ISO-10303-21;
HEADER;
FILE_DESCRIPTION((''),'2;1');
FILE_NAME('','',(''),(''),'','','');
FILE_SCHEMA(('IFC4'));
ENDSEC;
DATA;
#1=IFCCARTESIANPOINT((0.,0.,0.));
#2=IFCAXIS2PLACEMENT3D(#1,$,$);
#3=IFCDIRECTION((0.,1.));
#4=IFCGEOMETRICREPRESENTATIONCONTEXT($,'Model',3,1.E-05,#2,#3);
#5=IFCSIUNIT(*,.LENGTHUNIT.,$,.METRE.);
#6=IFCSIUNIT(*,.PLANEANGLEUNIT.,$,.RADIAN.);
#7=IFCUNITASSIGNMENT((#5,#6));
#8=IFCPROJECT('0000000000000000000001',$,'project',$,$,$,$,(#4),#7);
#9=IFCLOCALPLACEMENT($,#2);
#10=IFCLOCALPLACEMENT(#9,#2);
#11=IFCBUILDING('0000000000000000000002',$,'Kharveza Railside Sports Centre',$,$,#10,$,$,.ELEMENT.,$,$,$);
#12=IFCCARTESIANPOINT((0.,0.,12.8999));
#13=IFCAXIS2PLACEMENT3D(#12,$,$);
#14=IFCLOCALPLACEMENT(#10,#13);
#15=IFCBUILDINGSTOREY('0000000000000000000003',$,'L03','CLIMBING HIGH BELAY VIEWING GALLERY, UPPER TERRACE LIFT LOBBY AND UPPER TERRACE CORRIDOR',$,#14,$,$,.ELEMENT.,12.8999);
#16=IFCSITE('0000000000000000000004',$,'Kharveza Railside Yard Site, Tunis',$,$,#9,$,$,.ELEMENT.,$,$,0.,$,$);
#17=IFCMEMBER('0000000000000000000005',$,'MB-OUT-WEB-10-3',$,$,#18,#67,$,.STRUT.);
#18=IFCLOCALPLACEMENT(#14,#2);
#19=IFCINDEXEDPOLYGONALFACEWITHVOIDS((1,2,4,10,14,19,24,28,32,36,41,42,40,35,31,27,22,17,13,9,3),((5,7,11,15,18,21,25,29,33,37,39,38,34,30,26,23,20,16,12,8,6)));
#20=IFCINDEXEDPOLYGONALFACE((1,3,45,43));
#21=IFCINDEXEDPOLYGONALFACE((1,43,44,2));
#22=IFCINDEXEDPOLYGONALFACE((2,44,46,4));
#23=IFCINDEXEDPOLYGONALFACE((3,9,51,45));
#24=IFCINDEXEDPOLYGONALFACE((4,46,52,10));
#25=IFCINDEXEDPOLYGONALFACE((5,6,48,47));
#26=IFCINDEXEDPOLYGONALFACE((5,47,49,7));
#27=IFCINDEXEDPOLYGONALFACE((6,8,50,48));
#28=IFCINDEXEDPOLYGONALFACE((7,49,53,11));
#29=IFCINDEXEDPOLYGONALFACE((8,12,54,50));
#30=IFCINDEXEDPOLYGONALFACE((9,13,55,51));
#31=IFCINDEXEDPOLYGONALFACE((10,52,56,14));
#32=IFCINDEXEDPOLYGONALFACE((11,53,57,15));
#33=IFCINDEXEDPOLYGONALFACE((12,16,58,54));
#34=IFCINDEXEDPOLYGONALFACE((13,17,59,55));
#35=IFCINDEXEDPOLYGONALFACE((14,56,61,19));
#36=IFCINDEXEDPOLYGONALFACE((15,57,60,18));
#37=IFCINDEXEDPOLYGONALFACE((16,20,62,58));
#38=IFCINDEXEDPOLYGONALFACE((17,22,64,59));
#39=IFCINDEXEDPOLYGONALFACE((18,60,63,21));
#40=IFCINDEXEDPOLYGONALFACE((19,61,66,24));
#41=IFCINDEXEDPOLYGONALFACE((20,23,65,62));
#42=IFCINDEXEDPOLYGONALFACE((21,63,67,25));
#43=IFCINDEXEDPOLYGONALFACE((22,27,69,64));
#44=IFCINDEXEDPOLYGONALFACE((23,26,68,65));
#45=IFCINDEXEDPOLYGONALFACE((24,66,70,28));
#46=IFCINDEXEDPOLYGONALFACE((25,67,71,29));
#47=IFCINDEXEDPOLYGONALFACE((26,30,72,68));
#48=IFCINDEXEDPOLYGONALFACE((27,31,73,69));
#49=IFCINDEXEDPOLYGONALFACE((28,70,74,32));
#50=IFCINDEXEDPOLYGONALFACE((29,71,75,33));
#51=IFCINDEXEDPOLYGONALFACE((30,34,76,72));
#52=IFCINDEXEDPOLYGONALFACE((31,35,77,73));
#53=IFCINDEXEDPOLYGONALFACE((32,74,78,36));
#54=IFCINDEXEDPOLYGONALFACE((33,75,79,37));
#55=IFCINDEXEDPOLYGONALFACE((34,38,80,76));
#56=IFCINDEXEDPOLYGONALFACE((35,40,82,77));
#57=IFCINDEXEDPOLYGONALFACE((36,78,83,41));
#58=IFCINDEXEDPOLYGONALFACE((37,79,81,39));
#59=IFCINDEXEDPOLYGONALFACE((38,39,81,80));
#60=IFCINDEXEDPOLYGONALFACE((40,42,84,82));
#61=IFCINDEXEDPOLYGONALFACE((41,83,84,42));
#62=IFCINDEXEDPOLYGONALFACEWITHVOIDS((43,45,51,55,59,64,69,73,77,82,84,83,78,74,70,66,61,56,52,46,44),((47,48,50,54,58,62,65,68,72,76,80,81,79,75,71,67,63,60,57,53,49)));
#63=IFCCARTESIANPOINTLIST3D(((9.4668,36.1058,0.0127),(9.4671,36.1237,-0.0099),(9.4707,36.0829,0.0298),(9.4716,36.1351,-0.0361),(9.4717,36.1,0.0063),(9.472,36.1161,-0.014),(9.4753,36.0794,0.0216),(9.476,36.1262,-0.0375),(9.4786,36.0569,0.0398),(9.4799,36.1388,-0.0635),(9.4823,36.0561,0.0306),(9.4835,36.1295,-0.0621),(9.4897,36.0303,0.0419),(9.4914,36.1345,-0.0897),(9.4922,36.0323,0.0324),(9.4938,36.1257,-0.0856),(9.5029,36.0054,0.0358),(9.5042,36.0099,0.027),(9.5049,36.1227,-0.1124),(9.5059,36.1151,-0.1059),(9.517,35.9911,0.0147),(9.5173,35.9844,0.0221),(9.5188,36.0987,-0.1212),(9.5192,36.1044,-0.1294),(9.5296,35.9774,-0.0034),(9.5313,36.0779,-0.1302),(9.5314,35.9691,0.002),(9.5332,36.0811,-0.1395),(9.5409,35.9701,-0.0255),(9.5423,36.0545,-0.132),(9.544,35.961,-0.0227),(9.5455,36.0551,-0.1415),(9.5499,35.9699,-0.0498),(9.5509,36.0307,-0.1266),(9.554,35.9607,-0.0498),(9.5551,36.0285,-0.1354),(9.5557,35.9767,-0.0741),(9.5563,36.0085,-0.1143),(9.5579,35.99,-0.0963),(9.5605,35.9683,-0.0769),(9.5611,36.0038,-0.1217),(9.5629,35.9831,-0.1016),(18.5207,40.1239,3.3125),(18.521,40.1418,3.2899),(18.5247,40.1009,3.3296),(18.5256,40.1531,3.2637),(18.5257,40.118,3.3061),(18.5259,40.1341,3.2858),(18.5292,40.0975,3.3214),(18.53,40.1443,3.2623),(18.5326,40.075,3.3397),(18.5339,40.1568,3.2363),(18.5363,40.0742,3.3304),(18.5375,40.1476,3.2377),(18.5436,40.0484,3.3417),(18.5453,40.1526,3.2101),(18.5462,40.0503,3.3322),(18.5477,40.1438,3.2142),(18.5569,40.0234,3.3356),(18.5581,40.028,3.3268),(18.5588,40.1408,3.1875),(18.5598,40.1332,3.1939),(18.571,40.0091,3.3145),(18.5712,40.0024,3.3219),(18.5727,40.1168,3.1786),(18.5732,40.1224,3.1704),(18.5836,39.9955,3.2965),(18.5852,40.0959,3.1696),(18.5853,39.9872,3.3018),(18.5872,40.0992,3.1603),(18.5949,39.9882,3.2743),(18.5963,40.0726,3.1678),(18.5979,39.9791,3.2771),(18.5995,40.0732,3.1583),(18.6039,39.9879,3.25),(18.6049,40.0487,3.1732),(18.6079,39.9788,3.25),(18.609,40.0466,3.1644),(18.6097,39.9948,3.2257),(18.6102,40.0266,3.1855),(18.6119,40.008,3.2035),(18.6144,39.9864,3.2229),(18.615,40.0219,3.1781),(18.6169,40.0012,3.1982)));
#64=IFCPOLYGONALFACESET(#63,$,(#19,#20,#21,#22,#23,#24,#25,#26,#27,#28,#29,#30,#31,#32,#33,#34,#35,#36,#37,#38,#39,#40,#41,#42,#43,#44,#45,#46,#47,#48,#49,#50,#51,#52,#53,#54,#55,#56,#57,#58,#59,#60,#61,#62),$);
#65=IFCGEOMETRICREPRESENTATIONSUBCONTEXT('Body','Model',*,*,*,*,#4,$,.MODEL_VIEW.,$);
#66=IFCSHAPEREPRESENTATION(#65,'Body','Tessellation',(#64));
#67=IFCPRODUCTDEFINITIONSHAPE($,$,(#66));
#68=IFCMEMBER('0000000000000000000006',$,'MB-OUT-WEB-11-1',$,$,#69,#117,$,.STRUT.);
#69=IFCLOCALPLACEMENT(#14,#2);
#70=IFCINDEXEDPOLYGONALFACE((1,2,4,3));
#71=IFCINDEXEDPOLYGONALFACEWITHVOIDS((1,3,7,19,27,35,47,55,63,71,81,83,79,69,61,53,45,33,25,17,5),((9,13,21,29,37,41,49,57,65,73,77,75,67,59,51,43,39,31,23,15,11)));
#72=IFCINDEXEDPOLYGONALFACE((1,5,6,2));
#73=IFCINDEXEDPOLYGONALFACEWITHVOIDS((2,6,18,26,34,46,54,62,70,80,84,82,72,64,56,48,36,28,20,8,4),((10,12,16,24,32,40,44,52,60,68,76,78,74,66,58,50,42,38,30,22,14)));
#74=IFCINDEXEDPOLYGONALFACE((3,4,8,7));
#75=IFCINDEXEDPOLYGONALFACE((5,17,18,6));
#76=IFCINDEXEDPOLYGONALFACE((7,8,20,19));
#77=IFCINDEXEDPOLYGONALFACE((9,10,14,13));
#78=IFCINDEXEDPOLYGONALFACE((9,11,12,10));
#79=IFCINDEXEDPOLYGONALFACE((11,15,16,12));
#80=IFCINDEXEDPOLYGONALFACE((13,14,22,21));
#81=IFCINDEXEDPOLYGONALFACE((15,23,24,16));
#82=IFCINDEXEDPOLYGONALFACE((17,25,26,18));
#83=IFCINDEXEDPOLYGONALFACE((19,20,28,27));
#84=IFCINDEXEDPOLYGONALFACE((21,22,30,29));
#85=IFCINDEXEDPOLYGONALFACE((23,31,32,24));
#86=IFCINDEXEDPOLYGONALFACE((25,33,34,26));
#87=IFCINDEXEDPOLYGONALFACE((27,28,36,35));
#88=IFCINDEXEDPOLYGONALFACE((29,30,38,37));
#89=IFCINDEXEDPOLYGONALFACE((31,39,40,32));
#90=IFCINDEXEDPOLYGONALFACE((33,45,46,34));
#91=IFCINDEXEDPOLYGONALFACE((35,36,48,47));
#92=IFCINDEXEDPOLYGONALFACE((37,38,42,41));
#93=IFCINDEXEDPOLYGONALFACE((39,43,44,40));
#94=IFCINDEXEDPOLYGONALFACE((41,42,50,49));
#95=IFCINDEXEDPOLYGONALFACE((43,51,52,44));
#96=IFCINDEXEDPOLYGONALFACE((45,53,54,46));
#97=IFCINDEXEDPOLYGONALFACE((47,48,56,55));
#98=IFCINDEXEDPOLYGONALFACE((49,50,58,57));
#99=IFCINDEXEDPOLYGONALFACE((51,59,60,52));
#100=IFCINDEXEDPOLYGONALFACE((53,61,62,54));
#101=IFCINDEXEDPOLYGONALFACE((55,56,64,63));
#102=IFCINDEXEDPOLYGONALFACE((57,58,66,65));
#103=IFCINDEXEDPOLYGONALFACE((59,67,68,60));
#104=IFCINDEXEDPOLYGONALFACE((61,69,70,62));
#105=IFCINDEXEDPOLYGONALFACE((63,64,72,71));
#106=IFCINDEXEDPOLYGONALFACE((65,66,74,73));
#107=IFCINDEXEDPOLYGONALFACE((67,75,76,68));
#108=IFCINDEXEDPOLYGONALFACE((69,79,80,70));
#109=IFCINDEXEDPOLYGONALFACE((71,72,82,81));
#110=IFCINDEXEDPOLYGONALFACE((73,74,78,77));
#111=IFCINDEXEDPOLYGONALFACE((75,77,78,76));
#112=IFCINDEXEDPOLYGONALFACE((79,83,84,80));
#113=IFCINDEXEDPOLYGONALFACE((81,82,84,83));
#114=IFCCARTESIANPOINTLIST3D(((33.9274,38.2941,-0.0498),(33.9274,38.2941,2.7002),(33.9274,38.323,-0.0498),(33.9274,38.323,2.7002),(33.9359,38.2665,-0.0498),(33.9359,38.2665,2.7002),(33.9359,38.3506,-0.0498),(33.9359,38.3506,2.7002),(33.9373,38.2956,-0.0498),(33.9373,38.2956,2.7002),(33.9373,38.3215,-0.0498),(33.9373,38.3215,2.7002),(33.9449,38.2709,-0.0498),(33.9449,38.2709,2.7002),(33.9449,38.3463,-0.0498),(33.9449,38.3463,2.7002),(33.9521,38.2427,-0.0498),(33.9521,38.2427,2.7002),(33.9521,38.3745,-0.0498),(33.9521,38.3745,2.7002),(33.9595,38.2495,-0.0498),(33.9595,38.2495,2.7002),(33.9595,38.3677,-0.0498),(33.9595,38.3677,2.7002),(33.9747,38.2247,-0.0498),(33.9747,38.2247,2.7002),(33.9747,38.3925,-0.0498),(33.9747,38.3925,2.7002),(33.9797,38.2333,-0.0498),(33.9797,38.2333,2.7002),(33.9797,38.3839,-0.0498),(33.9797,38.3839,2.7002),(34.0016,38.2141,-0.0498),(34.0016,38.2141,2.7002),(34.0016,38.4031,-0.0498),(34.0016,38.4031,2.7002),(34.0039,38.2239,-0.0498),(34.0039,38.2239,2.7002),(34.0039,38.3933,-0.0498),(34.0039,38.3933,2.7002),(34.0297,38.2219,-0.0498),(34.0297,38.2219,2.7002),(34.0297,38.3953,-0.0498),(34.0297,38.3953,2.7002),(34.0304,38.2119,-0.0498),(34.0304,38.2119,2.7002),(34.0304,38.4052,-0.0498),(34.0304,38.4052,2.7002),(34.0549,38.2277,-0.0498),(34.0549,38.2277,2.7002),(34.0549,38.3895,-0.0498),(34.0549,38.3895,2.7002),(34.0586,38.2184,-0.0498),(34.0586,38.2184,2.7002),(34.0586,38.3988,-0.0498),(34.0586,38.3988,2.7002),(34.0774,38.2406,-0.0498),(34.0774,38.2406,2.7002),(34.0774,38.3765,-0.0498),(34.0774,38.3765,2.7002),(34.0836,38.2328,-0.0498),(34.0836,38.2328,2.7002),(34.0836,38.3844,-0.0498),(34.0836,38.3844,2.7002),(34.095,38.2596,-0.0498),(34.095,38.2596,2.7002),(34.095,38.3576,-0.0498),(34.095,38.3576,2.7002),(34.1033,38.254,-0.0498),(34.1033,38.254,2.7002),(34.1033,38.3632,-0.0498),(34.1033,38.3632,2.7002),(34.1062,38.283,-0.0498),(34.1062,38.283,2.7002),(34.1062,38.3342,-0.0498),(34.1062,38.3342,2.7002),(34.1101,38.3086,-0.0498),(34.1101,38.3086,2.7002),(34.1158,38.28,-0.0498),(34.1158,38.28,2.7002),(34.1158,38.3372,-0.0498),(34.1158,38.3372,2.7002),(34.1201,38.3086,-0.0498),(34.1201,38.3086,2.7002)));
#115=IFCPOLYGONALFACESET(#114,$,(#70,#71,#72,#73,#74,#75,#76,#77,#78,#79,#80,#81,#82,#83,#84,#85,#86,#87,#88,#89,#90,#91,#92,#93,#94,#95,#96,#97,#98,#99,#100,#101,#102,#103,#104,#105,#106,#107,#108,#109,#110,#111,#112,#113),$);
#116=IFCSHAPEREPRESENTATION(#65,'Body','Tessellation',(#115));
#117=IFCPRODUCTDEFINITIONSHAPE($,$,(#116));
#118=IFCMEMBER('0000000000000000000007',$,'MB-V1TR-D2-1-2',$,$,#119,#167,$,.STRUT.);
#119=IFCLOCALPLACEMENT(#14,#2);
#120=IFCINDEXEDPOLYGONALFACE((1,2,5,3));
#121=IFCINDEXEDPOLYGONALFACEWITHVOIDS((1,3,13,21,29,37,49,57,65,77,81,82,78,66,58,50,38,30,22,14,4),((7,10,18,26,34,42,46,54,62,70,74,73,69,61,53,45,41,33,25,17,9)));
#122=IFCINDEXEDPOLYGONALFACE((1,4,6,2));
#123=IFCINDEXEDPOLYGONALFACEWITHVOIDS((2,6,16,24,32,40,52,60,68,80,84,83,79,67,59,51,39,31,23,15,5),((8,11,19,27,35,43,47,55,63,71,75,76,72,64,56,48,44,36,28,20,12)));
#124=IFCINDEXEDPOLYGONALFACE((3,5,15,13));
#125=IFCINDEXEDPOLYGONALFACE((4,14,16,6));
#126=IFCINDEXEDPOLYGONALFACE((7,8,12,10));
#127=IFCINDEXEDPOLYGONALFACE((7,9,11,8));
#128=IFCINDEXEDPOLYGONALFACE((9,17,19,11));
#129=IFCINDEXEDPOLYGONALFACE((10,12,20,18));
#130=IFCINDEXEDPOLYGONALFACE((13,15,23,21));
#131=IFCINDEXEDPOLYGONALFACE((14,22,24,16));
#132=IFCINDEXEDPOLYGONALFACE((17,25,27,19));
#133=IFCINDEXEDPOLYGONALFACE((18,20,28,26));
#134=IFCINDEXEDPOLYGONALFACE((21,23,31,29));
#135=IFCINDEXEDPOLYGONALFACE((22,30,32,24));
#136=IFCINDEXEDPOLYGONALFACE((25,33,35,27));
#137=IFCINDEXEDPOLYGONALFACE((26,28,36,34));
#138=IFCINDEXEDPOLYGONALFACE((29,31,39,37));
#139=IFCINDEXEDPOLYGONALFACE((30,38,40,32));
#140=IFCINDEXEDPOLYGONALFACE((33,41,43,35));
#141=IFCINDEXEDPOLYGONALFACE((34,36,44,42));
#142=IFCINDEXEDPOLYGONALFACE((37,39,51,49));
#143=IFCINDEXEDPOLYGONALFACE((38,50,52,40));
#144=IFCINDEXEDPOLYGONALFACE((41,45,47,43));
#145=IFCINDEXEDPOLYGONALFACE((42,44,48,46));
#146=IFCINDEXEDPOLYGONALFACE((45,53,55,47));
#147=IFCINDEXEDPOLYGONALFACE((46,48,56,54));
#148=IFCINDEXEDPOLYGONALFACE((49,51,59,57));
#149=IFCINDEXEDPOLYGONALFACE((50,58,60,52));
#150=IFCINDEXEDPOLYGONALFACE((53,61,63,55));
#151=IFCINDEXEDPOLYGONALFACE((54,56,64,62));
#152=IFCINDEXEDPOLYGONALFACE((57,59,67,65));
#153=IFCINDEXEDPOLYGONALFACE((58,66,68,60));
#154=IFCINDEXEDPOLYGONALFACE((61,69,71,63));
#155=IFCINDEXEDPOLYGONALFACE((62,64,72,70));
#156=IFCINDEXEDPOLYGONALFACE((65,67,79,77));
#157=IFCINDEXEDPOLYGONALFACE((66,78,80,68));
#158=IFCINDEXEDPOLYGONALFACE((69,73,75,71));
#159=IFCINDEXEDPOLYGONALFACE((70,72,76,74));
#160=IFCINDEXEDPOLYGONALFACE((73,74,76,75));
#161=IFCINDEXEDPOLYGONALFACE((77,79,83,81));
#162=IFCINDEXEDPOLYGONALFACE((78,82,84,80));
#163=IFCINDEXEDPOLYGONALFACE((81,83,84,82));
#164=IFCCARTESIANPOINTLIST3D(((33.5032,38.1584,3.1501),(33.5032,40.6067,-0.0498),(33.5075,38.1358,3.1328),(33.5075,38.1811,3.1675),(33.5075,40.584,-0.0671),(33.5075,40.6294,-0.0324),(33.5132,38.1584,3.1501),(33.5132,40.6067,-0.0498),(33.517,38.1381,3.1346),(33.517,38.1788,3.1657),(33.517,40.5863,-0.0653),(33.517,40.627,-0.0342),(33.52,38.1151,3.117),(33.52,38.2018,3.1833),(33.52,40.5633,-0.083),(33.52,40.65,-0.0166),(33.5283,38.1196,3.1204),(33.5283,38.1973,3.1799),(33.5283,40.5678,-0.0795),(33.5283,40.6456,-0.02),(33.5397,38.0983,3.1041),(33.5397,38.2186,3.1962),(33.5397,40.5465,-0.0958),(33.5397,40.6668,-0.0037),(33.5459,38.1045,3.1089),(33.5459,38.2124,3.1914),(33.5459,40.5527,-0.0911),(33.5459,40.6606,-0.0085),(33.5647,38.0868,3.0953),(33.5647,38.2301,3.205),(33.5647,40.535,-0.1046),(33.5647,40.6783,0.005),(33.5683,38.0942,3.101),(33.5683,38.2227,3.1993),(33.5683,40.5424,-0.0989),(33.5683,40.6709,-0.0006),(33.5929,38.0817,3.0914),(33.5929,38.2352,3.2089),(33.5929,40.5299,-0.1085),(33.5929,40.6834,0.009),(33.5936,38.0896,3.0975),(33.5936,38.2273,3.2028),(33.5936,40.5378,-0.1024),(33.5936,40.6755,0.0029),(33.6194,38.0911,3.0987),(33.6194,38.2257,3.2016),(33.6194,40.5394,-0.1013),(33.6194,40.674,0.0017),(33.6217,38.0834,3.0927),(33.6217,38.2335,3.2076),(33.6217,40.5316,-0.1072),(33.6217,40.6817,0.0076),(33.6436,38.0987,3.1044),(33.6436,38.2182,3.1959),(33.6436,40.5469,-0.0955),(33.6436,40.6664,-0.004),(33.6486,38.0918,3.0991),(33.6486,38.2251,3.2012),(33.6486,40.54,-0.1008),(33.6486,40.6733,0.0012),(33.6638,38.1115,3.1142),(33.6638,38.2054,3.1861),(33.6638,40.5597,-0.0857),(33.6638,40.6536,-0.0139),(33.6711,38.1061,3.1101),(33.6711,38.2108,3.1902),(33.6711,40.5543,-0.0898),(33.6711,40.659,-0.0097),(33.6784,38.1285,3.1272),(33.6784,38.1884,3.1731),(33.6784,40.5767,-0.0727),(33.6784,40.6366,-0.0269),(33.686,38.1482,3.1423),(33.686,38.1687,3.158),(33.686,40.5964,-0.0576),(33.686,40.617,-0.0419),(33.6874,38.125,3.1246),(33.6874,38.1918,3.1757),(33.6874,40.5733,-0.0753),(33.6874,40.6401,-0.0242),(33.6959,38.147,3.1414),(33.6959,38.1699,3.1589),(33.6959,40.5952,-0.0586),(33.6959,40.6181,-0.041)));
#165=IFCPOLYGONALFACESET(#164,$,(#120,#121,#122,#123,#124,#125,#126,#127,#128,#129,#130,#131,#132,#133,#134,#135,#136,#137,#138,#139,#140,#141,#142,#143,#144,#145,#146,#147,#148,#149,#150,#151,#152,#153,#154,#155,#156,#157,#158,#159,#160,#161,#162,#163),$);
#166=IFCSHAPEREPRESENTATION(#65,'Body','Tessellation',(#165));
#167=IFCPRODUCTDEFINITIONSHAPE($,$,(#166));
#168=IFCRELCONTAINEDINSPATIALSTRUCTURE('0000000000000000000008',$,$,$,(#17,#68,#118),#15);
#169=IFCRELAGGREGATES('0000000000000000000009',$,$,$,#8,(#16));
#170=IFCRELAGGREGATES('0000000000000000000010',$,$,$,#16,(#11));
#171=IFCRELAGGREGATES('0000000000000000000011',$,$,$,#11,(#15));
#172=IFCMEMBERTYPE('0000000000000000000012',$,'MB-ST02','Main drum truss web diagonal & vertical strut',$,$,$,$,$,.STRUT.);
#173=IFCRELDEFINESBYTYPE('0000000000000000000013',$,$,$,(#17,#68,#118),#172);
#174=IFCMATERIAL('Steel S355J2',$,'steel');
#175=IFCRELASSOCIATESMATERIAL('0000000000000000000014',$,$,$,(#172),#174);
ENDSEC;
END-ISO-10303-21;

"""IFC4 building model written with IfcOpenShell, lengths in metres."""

from ifc_helpers import new_model, si_unit, direction, frame, origin, origin_2d, place, context, subcontext, project, spatial, hollow_circle, extrude, material, material_profile, profile_set, type_object, element, save


model = new_model("IFC4")

# Units and contexts
model_context = context("Model", 3, precision=1e-05, world=origin(), true_north=direction((0.0, 1.0)))
body_context = subcontext(model_context, "Body", "Model", "MODEL_VIEW")
ifc_project = project(units=[si_unit("LENGTHUNIT", "METRE"), si_unit("PLANEANGLEUNIT", "RADIAN")], contexts=[model_context])

# Site, building, storey
site_placement = place(None, origin())
site = spatial("IfcSite", under=ifc_project, at=site_placement, Name="Kharveza Railside Yard Site, Tunis", CompositionType="ELEMENT", RefElevation=0.0)
building_placement = place(site_placement, origin())
building = spatial("IfcBuilding", under=site, at=building_placement, Name="Kharveza Railside Sports Centre", CompositionType="ELEMENT")
storey_placement = place(building_placement, frame((0.0, 0.0, 12.8999)))
storey = spatial("IfcBuildingStorey", under=building, at=storey_placement, Name="L03", Description="CLIMBING HIGH BELAY VIEWING GALLERY, UPPER TERRACE LIFT LOBBY AND UPPER TERRACE CORRIDOR", CompositionType="ELEMENT", Elevation=12.8999)

# Shared definitions
ifc_material_1 = material(Name="Steel S355J2", Category="steel")

# Members
ifc_material_profile_1 = material_profile(ifc_material_1, hollow_circle(Radius=0.0969, WallThickness=0.01, at=origin_2d()), Name="CHS 193.7x10.0")
ifc_profile_set_1 = profile_set([ifc_material_profile_1], Name="Steel S355J2")
member_type_1 = type_object("IfcMemberType", Name="MB-ST02", Description="Main drum truss web diagonal & vertical strut", PredefinedType="STRUT", material=ifc_profile_set_1)
member_1_placement = place(storey_placement, frame((18.5686, 40.0674, 3.25), z_axis=(-0.867181, -0.384847, -0.316053), x_axis=(0.40564, -0.914033, 0.0)))
element("IfcMember", 1, at=member_1_placement, inside=storey, type_object=member_type_1, Name="MB-OUT-WEB-10-3", PredefinedType="STRUT", context=body_context, shape_type="SweptSolid", body=[
    extrude(hollow_circle(Radius=0.0969, WallThickness=0.01, at=origin_2d()), origin(), (0.0, 0.0, 1.0), 10.4407),
])
member_2_placement = place(storey_placement, frame((34.0232, 38.3086, -0.0498), z_axis=(0.0, 0.0, 1.0), x_axis=(1.0, 0.0, 0.0)))
element("IfcMember", 2, at=member_2_placement, inside=storey, type_object=member_type_1, Name="MB-OUT-WEB-11-1", PredefinedType="STRUT", context=body_context, shape_type="SweptSolid", body=[
    extrude(hollow_circle(Radius=0.0969, WallThickness=0.01, at=origin_2d()), origin(), (0.0, 0.0, 1.0), 2.75),
])
member_3_placement = place(storey_placement, frame((33.6001, 38.1584, 3.1501), z_axis=(0.0, 0.607641, -0.794212), x_axis=(-1.0, 0.0, 0.0)))
element("IfcMember", 3, at=member_3_placement, inside=storey, type_object=member_type_1, Name="MB-V1TR-D2-1-2", PredefinedType="STRUT", context=body_context, shape_type="SweptSolid", body=[
    extrude(hollow_circle(Radius=0.0969, WallThickness=0.01, at=origin_2d()), origin(), (0.0, 0.0, 1.0), 4.0291),
])

save(model, "model.ifc")
